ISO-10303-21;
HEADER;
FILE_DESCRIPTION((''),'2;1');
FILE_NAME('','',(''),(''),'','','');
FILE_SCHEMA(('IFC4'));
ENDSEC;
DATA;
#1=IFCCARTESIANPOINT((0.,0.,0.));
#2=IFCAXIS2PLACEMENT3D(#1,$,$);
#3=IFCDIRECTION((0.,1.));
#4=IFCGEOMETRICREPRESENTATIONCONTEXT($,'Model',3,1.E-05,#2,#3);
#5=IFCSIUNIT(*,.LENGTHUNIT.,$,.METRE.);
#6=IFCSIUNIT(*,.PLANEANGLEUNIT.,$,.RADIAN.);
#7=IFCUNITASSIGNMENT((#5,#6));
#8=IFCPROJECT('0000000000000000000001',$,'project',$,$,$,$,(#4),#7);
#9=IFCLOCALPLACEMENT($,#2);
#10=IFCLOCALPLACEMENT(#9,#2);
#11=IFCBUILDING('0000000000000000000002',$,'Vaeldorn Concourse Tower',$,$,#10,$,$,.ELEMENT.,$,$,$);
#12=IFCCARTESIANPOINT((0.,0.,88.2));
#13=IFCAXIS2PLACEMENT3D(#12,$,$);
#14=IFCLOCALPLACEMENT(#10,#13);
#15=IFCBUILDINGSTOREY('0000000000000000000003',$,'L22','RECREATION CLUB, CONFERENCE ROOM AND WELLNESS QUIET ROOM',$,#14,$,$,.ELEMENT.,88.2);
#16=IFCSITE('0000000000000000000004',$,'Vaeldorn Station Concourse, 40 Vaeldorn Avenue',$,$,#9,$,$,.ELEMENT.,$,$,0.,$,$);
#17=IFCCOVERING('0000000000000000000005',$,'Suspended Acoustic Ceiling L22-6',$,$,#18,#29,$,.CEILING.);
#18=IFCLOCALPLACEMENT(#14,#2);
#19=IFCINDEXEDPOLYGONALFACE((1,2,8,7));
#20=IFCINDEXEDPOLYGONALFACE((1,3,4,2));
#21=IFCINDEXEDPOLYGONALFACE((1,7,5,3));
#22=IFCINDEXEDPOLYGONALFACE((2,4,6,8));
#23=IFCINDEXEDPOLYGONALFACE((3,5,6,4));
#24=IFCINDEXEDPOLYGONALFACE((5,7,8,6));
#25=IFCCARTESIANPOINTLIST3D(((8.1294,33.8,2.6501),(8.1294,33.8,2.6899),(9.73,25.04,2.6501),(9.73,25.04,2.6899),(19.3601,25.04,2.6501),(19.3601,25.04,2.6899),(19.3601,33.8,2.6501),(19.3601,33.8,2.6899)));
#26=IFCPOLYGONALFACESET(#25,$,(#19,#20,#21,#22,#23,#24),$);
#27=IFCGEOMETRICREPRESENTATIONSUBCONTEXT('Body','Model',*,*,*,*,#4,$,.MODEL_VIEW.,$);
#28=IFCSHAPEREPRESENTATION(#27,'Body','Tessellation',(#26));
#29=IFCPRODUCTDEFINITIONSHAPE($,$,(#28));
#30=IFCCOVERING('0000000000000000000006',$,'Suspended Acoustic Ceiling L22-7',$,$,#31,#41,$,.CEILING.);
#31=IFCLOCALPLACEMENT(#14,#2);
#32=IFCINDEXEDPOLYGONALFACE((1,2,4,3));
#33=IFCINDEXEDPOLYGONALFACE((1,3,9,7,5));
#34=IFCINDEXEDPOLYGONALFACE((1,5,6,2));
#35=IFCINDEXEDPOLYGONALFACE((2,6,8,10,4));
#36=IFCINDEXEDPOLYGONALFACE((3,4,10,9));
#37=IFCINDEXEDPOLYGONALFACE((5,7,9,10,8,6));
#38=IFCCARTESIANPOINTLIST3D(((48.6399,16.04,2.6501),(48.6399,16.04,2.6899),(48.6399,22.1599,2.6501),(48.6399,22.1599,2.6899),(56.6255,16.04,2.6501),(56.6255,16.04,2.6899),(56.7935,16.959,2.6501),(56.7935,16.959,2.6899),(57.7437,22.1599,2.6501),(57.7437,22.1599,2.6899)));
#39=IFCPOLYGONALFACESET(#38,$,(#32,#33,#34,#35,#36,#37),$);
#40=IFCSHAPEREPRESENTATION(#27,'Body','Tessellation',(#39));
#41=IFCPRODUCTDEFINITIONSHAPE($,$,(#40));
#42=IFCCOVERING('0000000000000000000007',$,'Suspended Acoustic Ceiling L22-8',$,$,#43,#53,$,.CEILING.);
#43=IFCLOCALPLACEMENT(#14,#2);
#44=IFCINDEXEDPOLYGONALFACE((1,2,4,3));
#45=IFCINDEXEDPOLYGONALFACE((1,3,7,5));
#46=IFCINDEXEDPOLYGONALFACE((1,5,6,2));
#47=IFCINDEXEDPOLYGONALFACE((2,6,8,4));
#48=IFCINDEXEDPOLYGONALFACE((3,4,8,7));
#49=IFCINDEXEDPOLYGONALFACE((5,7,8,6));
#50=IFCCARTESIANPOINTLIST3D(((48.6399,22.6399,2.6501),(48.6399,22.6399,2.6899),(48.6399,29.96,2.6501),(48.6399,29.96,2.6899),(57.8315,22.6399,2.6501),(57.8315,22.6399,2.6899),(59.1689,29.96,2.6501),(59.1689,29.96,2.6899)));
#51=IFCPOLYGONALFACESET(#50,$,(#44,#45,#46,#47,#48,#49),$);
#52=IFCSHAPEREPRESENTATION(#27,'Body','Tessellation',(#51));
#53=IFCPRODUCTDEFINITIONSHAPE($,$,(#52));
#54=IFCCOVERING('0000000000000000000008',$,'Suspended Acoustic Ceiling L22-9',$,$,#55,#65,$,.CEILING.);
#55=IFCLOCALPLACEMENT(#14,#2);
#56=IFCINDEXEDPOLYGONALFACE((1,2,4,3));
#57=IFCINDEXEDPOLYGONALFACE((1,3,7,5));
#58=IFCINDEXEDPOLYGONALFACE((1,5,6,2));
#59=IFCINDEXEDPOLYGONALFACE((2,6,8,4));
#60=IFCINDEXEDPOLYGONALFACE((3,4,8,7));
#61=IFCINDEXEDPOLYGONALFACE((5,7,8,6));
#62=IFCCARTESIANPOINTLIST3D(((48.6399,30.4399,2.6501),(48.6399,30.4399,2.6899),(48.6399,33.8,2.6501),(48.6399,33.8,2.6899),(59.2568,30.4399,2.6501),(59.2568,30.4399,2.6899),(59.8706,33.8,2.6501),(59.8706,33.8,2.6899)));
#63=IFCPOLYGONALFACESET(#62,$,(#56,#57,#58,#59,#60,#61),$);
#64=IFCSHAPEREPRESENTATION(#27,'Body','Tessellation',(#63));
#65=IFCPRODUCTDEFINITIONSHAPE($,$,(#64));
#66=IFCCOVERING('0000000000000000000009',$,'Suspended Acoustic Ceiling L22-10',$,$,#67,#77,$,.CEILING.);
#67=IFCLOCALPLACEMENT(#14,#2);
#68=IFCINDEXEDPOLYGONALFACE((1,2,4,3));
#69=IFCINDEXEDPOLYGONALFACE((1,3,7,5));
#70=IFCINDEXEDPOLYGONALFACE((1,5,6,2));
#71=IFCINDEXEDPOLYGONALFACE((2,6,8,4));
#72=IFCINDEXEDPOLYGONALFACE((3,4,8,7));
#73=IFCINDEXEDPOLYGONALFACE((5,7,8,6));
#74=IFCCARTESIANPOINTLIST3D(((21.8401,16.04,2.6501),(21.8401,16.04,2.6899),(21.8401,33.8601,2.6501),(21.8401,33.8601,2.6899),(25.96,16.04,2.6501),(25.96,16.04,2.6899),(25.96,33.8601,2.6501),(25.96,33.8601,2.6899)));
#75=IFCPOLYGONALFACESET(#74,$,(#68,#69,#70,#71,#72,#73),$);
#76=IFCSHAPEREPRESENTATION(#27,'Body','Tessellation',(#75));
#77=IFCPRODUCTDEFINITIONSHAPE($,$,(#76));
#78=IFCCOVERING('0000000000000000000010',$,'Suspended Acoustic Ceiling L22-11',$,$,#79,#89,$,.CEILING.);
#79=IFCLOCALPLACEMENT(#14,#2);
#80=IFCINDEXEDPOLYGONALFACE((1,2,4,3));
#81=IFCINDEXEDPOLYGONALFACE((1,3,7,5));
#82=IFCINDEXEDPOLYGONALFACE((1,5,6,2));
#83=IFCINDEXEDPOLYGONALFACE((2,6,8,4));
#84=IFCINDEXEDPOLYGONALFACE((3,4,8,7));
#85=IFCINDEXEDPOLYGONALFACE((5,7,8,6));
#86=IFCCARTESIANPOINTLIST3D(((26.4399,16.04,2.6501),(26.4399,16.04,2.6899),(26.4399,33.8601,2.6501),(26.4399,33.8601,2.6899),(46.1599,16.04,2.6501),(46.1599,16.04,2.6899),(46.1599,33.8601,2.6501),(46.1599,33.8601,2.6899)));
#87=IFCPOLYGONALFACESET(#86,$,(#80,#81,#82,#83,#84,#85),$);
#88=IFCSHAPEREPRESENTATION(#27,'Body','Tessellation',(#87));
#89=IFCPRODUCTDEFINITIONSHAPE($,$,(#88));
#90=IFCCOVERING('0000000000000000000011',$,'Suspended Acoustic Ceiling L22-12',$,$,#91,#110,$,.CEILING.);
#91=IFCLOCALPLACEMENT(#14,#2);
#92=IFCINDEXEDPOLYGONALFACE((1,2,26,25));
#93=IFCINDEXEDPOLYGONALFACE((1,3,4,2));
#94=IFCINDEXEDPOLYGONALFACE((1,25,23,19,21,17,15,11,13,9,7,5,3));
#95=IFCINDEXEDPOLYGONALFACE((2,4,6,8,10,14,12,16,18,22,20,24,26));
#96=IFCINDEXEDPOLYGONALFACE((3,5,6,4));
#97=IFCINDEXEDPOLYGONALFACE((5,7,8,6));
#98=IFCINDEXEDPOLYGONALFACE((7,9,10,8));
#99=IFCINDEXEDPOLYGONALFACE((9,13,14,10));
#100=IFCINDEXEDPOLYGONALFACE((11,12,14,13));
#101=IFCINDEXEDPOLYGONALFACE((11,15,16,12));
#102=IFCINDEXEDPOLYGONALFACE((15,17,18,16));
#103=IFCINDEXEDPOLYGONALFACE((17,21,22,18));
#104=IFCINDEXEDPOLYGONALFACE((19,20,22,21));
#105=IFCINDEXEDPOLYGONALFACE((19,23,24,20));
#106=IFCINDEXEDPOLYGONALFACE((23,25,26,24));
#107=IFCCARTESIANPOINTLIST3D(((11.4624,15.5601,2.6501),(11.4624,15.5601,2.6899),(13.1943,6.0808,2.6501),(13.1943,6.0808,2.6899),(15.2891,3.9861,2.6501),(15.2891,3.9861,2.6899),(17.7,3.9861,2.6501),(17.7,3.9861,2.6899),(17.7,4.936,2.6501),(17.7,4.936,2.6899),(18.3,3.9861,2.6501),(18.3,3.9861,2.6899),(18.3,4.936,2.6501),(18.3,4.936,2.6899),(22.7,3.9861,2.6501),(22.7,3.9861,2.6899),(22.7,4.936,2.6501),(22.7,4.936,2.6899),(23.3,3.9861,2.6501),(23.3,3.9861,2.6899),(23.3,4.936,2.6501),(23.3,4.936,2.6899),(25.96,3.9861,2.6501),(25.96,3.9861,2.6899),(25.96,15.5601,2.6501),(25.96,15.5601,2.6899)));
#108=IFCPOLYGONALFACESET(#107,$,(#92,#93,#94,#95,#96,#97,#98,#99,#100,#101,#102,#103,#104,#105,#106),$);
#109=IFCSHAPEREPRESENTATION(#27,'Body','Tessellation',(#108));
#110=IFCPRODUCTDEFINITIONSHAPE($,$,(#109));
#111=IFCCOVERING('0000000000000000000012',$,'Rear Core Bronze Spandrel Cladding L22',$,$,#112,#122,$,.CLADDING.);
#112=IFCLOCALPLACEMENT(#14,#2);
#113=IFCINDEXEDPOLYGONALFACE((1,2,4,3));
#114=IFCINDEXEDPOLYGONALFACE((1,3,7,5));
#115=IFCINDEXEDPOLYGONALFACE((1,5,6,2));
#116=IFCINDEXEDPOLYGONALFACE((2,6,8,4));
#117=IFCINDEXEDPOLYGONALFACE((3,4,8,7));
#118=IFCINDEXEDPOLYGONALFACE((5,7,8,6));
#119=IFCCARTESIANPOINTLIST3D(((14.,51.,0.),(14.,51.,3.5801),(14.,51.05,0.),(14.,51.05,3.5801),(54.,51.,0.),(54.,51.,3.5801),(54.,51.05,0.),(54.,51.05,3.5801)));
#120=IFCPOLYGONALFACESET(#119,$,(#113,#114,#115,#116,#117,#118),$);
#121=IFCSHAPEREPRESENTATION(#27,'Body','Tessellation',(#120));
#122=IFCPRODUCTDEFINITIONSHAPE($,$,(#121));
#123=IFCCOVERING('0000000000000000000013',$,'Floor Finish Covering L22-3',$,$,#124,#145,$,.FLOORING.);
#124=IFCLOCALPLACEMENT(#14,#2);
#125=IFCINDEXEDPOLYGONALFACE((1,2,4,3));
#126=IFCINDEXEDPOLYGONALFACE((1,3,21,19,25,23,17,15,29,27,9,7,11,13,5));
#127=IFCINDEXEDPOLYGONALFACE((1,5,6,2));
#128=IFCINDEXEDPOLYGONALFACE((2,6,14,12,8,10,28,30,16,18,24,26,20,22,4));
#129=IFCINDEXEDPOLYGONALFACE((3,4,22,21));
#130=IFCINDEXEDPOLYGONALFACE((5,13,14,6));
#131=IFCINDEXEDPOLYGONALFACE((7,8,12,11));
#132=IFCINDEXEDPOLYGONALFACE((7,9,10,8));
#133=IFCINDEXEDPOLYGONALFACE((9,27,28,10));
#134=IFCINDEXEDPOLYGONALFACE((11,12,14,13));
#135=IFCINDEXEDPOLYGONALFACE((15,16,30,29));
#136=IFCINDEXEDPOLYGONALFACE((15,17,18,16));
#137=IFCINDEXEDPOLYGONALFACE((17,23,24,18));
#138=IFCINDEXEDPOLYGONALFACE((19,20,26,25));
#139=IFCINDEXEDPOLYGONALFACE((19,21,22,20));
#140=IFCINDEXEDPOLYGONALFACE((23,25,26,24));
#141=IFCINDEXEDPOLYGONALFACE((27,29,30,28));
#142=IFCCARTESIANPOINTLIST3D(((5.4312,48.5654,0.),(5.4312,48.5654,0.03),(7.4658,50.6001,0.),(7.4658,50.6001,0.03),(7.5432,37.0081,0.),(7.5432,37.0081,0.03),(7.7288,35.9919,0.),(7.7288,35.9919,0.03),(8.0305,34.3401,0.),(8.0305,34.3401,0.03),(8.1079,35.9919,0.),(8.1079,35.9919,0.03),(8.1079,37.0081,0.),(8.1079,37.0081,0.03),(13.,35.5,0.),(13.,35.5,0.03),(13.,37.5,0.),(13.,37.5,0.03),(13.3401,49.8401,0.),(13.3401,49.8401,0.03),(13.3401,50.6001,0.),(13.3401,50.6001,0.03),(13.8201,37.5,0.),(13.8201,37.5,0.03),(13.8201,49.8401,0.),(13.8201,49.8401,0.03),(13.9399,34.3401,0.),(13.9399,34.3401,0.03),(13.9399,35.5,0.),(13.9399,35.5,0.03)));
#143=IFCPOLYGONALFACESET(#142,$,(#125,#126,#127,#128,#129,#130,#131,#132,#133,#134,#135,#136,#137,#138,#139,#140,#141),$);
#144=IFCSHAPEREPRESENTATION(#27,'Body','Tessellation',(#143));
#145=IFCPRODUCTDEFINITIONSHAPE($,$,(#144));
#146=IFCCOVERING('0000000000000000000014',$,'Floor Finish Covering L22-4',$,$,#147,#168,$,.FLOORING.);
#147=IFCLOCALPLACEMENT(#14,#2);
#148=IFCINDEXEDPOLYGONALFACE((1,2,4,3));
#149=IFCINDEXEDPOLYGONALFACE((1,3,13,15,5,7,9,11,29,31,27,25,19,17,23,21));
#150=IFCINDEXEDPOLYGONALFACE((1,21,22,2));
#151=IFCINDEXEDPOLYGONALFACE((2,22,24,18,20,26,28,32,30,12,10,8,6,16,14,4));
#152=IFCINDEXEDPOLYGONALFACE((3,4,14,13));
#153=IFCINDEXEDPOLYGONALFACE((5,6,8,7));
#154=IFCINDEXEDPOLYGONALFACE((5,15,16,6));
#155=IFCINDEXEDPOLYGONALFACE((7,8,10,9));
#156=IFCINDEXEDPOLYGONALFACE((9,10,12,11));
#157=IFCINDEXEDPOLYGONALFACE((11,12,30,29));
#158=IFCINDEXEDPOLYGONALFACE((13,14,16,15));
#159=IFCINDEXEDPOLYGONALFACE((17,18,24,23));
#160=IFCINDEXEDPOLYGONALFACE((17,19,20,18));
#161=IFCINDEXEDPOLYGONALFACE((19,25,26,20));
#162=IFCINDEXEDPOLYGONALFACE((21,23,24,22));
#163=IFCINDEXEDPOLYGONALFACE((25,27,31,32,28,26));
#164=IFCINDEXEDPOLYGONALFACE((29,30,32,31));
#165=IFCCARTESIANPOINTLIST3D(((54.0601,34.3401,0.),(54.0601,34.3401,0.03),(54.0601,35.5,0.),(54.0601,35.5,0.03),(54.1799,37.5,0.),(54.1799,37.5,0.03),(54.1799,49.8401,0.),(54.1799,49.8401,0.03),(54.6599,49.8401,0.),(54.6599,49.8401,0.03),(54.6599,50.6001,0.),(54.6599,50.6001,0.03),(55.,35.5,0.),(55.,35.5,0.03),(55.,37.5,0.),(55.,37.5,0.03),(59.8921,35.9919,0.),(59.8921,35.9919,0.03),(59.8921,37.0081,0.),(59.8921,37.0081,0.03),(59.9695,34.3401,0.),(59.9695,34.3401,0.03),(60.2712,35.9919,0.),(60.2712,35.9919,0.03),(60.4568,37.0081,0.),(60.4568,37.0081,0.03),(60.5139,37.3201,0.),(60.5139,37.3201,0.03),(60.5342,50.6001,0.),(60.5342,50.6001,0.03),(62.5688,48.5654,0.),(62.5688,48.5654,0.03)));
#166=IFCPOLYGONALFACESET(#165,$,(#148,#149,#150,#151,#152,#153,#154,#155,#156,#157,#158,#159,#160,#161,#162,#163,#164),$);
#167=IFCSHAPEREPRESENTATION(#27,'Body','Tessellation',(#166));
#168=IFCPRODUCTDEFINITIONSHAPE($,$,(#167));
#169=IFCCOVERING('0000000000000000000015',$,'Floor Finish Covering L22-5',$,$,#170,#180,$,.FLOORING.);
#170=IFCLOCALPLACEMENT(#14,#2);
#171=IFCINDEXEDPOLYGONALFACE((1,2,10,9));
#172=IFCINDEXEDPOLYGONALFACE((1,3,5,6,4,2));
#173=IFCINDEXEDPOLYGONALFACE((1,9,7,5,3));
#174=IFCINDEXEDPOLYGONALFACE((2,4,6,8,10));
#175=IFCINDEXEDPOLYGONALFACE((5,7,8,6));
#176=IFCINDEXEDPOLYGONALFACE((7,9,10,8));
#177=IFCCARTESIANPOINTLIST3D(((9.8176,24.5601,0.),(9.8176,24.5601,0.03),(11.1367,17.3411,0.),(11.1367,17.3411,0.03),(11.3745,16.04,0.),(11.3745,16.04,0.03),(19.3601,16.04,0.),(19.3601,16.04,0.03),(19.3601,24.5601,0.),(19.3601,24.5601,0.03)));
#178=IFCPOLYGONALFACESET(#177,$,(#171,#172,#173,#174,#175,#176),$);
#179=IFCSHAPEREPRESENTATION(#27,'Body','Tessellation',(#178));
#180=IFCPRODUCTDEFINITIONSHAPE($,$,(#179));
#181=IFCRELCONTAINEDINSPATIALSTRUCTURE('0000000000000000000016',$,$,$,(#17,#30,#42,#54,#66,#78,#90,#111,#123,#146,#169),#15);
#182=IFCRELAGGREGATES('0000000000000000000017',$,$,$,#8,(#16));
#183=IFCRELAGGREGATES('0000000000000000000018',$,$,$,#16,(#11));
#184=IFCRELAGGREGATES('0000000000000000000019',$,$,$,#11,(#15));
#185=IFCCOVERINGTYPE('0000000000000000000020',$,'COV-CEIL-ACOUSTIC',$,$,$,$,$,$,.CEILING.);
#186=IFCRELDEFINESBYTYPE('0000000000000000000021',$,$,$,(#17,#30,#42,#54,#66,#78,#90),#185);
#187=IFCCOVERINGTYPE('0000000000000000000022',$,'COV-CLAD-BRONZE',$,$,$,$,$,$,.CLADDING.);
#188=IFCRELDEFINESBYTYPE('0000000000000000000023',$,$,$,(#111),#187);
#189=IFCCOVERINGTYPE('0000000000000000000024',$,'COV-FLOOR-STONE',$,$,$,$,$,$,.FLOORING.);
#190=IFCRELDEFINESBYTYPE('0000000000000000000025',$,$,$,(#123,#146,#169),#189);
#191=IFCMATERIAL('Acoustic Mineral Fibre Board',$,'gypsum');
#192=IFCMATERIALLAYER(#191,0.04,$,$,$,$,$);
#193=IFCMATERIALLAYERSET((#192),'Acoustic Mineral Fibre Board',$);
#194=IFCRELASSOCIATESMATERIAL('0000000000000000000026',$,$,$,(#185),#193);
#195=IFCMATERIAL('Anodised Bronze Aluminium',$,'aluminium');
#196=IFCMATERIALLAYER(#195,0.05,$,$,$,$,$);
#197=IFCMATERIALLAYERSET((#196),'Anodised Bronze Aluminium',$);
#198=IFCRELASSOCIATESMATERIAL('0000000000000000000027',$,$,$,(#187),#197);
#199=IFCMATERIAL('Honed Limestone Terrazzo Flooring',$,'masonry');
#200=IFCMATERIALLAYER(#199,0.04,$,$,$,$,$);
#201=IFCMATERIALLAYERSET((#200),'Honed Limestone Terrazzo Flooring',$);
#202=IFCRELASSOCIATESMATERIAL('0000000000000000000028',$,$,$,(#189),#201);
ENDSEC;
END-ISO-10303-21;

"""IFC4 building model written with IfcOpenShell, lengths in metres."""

from ifc_helpers import new_model, si_unit, direction, frame, origin, place, context, subcontext, project, spatial, polyline, outline, extrude, material, layer, layer_set, type_object, element, save


model = new_model("IFC4")

# Units and contexts
model_context = context("Model", 3, precision=1e-05, world=origin(), true_north=direction((0.0, 1.0)))
body_context = subcontext(model_context, "Body", "Model", "MODEL_VIEW")
ifc_project = project(units=[si_unit("LENGTHUNIT", "METRE"), si_unit("PLANEANGLEUNIT", "RADIAN")], contexts=[model_context])

# Site, building, storey
site_placement = place(None, origin())
site = spatial("IfcSite", under=ifc_project, at=site_placement, Name="Vaeldorn Station Concourse, 40 Vaeldorn Avenue", CompositionType="ELEMENT", RefElevation=0.0)
building_placement = place(site_placement, origin())
building = spatial("IfcBuilding", under=site, at=building_placement, Name="Vaeldorn Concourse Tower", CompositionType="ELEMENT")
storey_placement = place(building_placement, frame((0.0, 0.0, 88.2)))
storey = spatial("IfcBuildingStorey", under=building, at=storey_placement, Name="L22", Description="RECREATION CLUB, CONFERENCE ROOM AND WELLNESS QUIET ROOM", CompositionType="ELEMENT", Elevation=88.2)

# Coverings
ifc_material_1 = material(Name="Acoustic Mineral Fibre Board", Category="gypsum")
ifc_layer_1 = layer(ifc_material_1, 0.04)
ifc_layer_set_1 = layer_set([ifc_layer_1], Name="Acoustic Mineral Fibre Board")
covering_type_1 = type_object("IfcCoveringType", Name="COV-CEIL-ACOUSTIC", PredefinedType="CEILING", material=ifc_layer_set_1)
covering_1_placement = place(storey_placement, frame((0.0, 0.0, 2.6501)))
element("IfcCovering", 1, at=covering_1_placement, inside=storey, type_object=covering_type_1, Name="Suspended Acoustic Ceiling L22-6", PredefinedType="CEILING", context=body_context, shape_type="SweptSolid", body=[
    extrude(outline(polyline([(19.3601, 33.8), (19.3601, 25.04), (9.73, 25.04), (8.1294, 33.8), (19.3601, 33.8)])), origin(), (0.0, 0.0, 1.0), 0.0398),
])
covering_2_placement = place(storey_placement, frame((0.0, 0.0, 2.6501)))
element("IfcCovering", 2, at=covering_2_placement, inside=storey, type_object=covering_type_1, Name="Suspended Acoustic Ceiling L22-7", PredefinedType="CEILING", context=body_context, shape_type="SweptSolid", body=[
    extrude(outline(polyline([(48.6399, 22.1599), (57.7437, 22.1599), (56.7935, 16.959), (56.6255, 16.04), (48.6399, 16.04), (48.6399, 22.1599)])), origin(), (0.0, 0.0, 1.0), 0.0398),
])
covering_3_placement = place(storey_placement, frame((0.0, 0.0, 2.6501)))
element("IfcCovering", 3, at=covering_3_placement, inside=storey, type_object=covering_type_1, Name="Suspended Acoustic Ceiling L22-8", PredefinedType="CEILING", context=body_context, shape_type="SweptSolid", body=[
    extrude(outline(polyline([(48.6399, 22.6399), (48.6399, 29.96), (59.1689, 29.96), (57.8315, 22.6399), (48.6399, 22.6399)])), origin(), (0.0, 0.0, 1.0), 0.0398),
])
covering_4_placement = place(storey_placement, frame((0.0, 0.0, 2.6501)))
element("IfcCovering", 4, at=covering_4_placement, inside=storey, type_object=covering_type_1, Name="Suspended Acoustic Ceiling L22-9", PredefinedType="CEILING", context=body_context, shape_type="SweptSolid", body=[
    extrude(outline(polyline([(48.6399, 30.4399), (48.6399, 33.8), (59.8706, 33.8), (59.2568, 30.4399), (48.6399, 30.4399)])), origin(), (0.0, 0.0, 1.0), 0.0398),
])
covering_5_placement = place(storey_placement, frame((0.0, 0.0, 2.6501)))
element("IfcCovering", 5, at=covering_5_placement, inside=storey, type_object=covering_type_1, Name="Suspended Acoustic Ceiling L22-10", PredefinedType="CEILING", context=body_context, shape_type="SweptSolid", body=[
    extrude(outline(polyline([(21.8401, 33.8601), (25.96, 33.8601), (25.96, 16.04), (21.8401, 16.04), (21.8401, 33.8601)])), origin(), (0.0, 0.0, 1.0), 0.0398),
])
covering_6_placement = place(storey_placement, frame((0.0, 0.0, 2.6501)))
element("IfcCovering", 6, at=covering_6_placement, inside=storey, type_object=covering_type_1, Name="Suspended Acoustic Ceiling L22-11", PredefinedType="CEILING", context=body_context, shape_type="SweptSolid", body=[
    extrude(outline(polyline([(26.4399, 33.8601), (46.1599, 33.8601), (46.1599, 16.04), (26.4399, 16.04), (26.4399, 33.8601)])), origin(), (0.0, 0.0, 1.0), 0.0398),
])
covering_7_placement = place(storey_placement, frame((0.0, 0.0, 2.6501)))
element("IfcCovering", 7, at=covering_7_placement, inside=storey, type_object=covering_type_1, Name="Suspended Acoustic Ceiling L22-12", PredefinedType="CEILING", context=body_context, shape_type="SweptSolid", body=[
    extrude(outline(polyline([(25.96, 15.5601), (25.96, 3.9861), (23.3, 3.9861), (23.3, 4.936), (22.7, 4.936), (22.7, 3.9861), (18.3, 3.9861), (18.3, 4.936), (17.7, 4.936), (17.7, 3.9861), (15.2891, 3.9861), (13.1943, 6.0808), (11.4624, 15.5601), (25.96, 15.5601)])), origin(), (0.0, 0.0, 1.0), 0.0398),
])
ifc_material_2 = material(Name="Anodised Bronze Aluminium", Category="aluminium")
ifc_layer_2 = layer(ifc_material_2, 0.05)
ifc_layer_set_2 = layer_set([ifc_layer_2], Name="Anodised Bronze Aluminium")
covering_type_2 = type_object("IfcCoveringType", Name="COV-CLAD-BRONZE", PredefinedType="CLADDING", material=ifc_layer_set_2)
covering_8_placement = place(storey_placement, origin())
element("IfcCovering", 8, at=covering_8_placement, inside=storey, type_object=covering_type_2, Name="Rear Core Bronze Spandrel Cladding L22", PredefinedType="CLADDING", context=body_context, shape_type="SweptSolid", body=[
    extrude(outline(polyline([(14.0, 51.0), (54.0, 51.0), (54.0, 51.05), (14.0, 51.05), (14.0, 51.0)])), origin(), (0.0, 0.0, 1.0), 3.5801),
])
ifc_material_3 = material(Name="Honed Limestone Terrazzo Flooring", Category="masonry")
ifc_layer_3 = layer(ifc_material_3, 0.04)
ifc_layer_set_3 = layer_set([ifc_layer_3], Name="Honed Limestone Terrazzo Flooring")
covering_type_3 = type_object("IfcCoveringType", Name="COV-FLOOR-STONE", PredefinedType="FLOORING", material=ifc_layer_set_3)
covering_9_placement = place(storey_placement, origin())
element("IfcCovering", 9, at=covering_9_placement, inside=storey, type_object=covering_type_3, Name="Floor Finish Covering L22-3", PredefinedType="FLOORING", context=body_context, shape_type="SweptSolid", body=[
    extrude(outline(polyline([(7.4658, 50.6001), (13.3401, 50.6001), (13.3401, 49.8401), (13.8201, 49.8401), (13.8201, 37.5), (13.0, 37.5), (13.0, 35.5), (13.9399, 35.5), (13.9399, 34.3401), (8.0305, 34.3401), (7.7288, 35.9919), (8.1079, 35.9919), (8.1079, 37.0081), (7.5432, 37.0081), (5.4312, 48.5654), (7.4658, 50.6001)])), origin(), (0.0, 0.0, 1.0), 0.03),
])
covering_10_placement = place(storey_placement, origin())
element("IfcCovering", 10, at=covering_10_placement, inside=storey, type_object=covering_type_3, Name="Floor Finish Covering L22-4", PredefinedType="FLOORING", context=body_context, shape_type="SweptSolid", body=[
    extrude(outline(polyline([(54.1799, 49.8401), (54.6599, 49.8401), (54.6599, 50.6001), (60.5342, 50.6001), (62.5688, 48.5654), (60.5139, 37.3201), (60.5139, 37.3201), (60.4568, 37.0081), (59.8921, 37.0081), (59.8921, 35.9919), (60.2712, 35.9919), (59.9695, 34.3401), (54.0601, 34.3401), (54.0601, 35.5), (55.0, 35.5), (55.0, 37.5), (54.1799, 37.5), (54.1799, 49.8401)])), origin(), (0.0, 0.0, 1.0), 0.03),
])
covering_11_placement = place(storey_placement, origin())
element("IfcCovering", 11, at=covering_11_placement, inside=storey, type_object=covering_type_3, Name="Floor Finish Covering L22-5", PredefinedType="FLOORING", context=body_context, shape_type="SweptSolid", body=[
    extrude(outline(polyline([(19.3601, 24.5601), (19.3601, 16.04), (11.3745, 16.04), (11.1367, 17.3411), (9.8176, 24.5601), (19.3601, 24.5601)])), origin(), (0.0, 0.0, 1.0), 0.03),
])

save(model, "model.ifc")
